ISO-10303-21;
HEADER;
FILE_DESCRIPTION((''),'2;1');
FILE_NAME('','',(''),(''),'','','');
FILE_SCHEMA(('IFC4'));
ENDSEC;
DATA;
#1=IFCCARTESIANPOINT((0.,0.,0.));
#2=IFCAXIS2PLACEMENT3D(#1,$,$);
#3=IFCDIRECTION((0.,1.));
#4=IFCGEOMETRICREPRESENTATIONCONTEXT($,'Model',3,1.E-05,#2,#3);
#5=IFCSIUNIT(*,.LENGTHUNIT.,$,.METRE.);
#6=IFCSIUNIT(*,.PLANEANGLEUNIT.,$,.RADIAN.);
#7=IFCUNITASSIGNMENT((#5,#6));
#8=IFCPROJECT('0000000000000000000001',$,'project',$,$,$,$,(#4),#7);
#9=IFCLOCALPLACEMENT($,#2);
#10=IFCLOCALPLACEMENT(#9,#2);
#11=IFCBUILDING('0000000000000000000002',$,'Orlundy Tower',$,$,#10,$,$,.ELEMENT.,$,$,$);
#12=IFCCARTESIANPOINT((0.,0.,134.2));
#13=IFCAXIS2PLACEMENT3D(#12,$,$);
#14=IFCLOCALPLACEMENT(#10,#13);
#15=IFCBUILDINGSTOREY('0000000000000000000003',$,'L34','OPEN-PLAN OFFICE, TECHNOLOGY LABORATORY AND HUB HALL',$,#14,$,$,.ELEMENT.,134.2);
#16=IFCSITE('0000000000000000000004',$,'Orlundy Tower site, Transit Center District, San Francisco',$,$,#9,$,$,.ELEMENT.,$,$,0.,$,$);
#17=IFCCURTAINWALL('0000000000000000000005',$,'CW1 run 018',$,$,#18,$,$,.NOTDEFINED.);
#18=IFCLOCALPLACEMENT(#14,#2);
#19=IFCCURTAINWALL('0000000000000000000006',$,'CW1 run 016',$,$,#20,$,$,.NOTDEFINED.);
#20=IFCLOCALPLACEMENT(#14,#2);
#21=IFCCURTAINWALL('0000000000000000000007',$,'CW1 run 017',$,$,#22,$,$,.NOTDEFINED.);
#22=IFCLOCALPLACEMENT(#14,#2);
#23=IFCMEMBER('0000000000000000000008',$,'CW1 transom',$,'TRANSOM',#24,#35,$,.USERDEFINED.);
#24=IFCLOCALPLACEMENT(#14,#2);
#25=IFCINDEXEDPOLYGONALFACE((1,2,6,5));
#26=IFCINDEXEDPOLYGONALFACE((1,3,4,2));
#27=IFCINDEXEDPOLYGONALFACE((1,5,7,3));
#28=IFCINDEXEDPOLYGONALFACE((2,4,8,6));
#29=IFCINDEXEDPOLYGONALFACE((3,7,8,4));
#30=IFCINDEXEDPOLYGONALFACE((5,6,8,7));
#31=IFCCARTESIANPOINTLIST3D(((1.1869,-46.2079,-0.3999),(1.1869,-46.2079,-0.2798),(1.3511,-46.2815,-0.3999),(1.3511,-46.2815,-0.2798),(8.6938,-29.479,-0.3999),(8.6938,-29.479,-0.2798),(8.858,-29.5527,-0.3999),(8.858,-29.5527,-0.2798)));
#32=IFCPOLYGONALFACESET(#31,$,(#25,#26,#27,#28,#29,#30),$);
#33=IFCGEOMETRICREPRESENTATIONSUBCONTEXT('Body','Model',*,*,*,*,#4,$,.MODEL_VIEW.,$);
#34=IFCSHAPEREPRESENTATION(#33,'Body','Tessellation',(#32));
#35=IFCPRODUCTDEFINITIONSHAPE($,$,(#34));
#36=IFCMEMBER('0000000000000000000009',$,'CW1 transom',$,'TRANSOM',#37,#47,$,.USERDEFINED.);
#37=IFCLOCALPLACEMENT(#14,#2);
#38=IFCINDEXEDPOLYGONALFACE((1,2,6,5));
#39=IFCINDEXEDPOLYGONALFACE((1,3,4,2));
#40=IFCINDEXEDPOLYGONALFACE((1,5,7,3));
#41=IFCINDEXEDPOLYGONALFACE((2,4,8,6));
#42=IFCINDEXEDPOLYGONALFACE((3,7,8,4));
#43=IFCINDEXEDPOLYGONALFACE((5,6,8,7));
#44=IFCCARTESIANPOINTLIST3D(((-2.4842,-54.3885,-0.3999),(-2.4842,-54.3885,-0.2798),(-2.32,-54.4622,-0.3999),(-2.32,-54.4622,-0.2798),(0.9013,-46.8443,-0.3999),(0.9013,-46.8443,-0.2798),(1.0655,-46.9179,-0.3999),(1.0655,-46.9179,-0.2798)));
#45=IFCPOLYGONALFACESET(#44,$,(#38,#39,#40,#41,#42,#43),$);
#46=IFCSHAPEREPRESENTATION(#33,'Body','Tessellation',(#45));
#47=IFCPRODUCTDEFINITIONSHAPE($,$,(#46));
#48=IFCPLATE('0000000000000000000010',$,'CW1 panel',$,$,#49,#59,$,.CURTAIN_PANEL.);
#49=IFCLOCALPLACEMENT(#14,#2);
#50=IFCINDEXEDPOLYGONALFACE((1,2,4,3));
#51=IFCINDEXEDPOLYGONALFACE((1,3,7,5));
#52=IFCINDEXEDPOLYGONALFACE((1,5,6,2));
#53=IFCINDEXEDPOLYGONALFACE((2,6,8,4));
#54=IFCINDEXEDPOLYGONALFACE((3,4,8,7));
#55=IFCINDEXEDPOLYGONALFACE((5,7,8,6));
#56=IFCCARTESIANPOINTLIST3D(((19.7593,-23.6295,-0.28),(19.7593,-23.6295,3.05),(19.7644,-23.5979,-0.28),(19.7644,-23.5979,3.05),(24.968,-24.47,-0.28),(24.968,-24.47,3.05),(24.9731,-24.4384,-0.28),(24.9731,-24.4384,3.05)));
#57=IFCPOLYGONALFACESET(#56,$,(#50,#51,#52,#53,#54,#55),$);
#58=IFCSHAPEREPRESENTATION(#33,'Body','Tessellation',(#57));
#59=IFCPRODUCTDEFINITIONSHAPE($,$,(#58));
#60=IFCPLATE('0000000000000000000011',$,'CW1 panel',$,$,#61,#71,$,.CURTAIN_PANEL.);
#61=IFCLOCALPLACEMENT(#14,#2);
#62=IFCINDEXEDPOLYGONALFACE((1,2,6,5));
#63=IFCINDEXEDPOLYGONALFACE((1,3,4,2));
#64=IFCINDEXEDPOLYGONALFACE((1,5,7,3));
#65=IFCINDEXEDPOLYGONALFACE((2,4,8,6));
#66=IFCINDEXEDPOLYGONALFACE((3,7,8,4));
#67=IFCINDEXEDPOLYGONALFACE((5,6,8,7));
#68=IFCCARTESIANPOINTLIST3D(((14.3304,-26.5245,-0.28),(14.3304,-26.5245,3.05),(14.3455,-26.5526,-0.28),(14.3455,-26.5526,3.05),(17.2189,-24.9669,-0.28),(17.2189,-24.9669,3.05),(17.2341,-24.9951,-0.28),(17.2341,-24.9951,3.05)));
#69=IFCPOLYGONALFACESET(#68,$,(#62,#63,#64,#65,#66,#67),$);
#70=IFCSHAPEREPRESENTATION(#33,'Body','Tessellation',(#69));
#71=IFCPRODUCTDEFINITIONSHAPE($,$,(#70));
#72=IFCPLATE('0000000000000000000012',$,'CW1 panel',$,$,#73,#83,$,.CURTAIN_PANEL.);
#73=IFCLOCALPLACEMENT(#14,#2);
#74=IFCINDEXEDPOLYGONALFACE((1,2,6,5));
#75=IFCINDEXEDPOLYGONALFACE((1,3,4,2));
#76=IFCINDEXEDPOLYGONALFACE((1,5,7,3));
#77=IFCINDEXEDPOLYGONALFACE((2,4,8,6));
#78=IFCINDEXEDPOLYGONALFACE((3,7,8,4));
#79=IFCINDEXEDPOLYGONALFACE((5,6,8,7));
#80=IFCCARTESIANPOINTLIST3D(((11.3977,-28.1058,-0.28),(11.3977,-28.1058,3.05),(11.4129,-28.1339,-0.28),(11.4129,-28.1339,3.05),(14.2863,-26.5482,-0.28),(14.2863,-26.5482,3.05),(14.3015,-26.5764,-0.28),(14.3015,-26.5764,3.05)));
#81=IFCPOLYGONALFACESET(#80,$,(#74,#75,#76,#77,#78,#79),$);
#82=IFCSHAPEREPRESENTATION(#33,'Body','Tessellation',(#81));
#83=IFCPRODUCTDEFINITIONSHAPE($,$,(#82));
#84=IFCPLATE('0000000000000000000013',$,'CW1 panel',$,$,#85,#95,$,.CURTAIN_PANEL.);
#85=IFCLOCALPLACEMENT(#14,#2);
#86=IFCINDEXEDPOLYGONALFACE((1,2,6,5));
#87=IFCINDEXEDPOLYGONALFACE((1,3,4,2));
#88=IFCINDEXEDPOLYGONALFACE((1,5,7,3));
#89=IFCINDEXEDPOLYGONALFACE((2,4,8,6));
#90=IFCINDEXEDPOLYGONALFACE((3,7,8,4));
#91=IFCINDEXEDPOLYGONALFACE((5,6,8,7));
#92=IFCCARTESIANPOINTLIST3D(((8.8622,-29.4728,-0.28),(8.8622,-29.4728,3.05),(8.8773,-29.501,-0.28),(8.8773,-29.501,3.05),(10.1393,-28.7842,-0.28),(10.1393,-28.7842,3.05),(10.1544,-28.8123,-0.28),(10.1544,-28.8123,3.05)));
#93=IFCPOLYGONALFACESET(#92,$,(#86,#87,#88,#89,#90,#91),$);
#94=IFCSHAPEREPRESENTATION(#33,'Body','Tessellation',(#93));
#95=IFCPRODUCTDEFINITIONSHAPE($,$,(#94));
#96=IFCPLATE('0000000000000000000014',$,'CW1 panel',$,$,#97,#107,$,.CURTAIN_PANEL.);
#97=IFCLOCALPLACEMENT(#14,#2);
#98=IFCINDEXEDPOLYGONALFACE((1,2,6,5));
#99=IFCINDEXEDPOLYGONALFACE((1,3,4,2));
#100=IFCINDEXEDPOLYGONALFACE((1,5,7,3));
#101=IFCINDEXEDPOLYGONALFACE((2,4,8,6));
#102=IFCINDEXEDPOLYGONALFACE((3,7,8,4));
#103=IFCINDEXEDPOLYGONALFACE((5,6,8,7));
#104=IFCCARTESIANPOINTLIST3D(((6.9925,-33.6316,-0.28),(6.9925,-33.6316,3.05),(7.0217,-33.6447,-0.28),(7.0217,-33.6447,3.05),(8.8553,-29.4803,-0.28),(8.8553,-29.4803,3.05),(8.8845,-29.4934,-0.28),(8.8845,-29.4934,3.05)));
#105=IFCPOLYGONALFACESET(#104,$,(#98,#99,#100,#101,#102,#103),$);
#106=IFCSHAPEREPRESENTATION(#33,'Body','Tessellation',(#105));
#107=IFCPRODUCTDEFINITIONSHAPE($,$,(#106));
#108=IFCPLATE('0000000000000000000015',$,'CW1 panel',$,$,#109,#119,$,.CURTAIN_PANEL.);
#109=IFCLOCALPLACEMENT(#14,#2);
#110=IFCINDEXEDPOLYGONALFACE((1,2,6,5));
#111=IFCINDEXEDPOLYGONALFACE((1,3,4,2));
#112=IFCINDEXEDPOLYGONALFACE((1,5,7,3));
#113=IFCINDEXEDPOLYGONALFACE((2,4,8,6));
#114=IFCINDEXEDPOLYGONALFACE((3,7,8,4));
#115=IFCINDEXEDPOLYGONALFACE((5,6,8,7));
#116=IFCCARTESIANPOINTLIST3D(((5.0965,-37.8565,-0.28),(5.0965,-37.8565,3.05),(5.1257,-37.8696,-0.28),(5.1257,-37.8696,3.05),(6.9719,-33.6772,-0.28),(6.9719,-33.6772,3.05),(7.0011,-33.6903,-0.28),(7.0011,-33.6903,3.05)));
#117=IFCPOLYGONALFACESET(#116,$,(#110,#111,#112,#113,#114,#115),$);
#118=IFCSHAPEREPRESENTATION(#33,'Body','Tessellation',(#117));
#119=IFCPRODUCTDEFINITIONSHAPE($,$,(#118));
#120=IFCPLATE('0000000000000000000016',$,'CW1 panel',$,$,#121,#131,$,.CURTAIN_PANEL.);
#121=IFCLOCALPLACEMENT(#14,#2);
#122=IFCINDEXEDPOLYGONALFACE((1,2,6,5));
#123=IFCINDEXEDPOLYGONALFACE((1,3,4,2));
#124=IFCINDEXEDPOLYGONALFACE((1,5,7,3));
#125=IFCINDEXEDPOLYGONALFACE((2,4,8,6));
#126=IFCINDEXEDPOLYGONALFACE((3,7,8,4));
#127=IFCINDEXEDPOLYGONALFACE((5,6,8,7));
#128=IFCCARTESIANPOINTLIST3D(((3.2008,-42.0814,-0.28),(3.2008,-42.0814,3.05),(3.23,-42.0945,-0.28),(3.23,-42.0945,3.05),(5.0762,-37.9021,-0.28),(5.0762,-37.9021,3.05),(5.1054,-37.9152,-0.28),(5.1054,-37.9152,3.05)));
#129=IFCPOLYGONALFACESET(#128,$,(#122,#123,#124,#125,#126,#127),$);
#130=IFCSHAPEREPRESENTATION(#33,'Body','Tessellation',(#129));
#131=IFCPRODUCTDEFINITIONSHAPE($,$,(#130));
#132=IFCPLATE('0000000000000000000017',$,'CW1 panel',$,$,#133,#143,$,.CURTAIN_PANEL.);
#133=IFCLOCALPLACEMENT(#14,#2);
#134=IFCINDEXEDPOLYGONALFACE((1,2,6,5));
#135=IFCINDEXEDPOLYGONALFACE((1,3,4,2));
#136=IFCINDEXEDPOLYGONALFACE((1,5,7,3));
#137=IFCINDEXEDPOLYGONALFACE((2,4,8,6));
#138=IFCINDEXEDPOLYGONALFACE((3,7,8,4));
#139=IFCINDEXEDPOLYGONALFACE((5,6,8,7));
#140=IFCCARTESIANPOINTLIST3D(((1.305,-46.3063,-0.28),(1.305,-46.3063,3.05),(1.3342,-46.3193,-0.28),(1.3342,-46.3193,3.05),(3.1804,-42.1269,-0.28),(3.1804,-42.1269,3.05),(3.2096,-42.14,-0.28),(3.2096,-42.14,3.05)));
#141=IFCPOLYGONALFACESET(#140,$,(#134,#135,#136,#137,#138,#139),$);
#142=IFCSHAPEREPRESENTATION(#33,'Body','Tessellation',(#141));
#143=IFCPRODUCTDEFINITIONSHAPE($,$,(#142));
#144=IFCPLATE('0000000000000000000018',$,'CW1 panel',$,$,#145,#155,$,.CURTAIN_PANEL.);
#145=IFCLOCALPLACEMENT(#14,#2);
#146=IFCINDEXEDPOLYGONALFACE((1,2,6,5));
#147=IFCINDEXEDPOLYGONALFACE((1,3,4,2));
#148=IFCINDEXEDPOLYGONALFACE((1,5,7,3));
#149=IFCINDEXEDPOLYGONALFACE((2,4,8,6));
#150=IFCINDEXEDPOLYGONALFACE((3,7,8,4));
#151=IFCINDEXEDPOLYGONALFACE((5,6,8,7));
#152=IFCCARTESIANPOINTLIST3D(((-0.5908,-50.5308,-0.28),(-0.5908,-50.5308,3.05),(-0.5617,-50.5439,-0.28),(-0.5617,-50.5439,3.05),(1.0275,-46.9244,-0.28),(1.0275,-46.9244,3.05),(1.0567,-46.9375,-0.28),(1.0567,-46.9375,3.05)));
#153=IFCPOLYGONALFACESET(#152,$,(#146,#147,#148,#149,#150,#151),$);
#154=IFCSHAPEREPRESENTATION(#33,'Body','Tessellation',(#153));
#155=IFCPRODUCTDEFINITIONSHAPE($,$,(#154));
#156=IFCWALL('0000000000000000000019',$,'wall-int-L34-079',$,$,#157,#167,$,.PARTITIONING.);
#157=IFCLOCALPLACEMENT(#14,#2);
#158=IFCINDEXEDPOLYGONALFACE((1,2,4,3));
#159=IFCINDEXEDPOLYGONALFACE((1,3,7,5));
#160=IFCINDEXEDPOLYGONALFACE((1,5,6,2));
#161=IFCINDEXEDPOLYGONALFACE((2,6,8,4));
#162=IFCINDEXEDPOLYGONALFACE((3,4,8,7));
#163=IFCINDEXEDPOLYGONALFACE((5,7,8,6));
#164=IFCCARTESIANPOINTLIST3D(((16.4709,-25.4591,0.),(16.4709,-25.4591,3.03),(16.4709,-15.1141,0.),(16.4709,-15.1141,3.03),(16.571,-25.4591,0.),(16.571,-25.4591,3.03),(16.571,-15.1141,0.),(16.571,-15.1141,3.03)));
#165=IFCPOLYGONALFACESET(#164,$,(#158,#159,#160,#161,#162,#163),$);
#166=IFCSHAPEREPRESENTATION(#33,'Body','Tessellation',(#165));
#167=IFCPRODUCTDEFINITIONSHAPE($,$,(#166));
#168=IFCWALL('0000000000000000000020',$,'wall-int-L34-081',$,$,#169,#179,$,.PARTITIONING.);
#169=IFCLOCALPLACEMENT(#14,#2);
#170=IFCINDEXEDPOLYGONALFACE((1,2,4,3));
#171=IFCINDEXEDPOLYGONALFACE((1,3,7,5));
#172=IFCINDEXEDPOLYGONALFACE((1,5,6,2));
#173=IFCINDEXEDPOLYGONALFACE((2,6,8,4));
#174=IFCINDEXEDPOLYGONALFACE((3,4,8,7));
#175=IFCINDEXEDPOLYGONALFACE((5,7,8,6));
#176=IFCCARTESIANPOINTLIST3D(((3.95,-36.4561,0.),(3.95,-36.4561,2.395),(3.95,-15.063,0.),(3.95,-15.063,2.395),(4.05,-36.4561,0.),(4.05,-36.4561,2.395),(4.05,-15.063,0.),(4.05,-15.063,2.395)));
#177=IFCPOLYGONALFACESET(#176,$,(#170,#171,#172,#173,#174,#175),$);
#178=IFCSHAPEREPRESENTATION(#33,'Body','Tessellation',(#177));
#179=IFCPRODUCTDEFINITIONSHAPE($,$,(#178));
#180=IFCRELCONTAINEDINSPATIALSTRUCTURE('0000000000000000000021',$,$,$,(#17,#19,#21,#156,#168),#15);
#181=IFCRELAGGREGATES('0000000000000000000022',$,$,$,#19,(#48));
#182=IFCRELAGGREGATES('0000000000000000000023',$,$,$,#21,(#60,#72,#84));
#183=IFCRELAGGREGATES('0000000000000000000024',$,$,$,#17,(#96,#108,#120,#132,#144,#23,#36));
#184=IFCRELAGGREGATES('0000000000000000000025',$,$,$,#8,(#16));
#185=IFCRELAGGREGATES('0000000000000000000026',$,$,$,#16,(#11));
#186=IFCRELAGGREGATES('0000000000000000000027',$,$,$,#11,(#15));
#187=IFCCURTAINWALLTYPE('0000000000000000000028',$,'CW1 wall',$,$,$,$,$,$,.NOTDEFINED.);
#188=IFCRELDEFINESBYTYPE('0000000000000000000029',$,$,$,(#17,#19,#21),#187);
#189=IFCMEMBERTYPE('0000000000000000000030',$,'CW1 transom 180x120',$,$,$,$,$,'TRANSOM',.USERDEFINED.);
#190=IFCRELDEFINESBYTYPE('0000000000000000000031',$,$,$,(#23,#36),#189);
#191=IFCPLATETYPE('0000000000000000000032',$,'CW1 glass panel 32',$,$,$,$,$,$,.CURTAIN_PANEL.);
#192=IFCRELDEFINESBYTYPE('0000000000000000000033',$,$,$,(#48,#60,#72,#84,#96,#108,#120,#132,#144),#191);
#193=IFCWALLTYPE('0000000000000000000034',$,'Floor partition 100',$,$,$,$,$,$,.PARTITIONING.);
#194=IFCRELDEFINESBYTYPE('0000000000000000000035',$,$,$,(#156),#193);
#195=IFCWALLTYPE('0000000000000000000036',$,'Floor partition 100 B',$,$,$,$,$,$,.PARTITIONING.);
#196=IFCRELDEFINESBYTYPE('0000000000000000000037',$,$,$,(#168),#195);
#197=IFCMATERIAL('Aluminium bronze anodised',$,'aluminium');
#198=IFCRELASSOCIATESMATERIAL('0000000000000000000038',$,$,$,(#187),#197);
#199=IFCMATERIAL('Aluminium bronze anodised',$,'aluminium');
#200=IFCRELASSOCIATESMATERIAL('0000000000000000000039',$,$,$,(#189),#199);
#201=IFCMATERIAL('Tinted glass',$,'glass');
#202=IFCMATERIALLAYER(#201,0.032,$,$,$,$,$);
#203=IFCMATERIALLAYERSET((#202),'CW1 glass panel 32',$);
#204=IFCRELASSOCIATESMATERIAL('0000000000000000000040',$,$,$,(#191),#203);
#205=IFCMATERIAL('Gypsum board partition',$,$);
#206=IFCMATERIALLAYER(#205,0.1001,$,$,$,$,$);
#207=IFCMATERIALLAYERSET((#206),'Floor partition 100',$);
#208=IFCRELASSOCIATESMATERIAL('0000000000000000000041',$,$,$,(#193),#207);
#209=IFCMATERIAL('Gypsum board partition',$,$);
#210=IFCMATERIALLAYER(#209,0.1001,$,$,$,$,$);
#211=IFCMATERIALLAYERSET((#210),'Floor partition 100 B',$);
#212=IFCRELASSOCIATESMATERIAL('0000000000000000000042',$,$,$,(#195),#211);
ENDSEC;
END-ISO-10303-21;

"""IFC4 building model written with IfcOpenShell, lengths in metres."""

from ifc_helpers import new_model, si_unit, direction, frame, frame_2d, origin, origin_2d, place, context, subcontext, project, spatial, rectangle, extrude, material, layer, layer_set, material_profile, profile_set, type_object, element, aggregate, save


model = new_model("IFC4")

# Units and contexts
model_context = context("Model", 3, precision=1e-05, world=origin(), true_north=direction((0.0, 1.0)))
body_context = subcontext(model_context, "Body", "Model", "MODEL_VIEW")
ifc_project = project(units=[si_unit("LENGTHUNIT", "METRE"), si_unit("PLANEANGLEUNIT", "RADIAN")], contexts=[model_context])

# Site, building, storey
site_placement = place(None, origin())
site = spatial("IfcSite", under=ifc_project, at=site_placement, Name="Orlundy Tower site, Transit Center District, San Francisco", CompositionType="ELEMENT", RefElevation=0.0)
building_placement = place(site_placement, origin())
building = spatial("IfcBuilding", under=site, at=building_placement, Name="Orlundy Tower", CompositionType="ELEMENT")
storey_placement = place(building_placement, frame((0.0, 0.0, 134.2)))
storey = spatial("IfcBuildingStorey", under=building, at=storey_placement, Name="L34", Description="OPEN-PLAN OFFICE, TECHNOLOGY LABORATORY AND HUB HALL", CompositionType="ELEMENT", Elevation=134.2)

# Curtain walls
ifc_material_1 = material(Name="Aluminium bronze anodised", Category="aluminium")
curtain_wall_type = type_object("IfcCurtainWallType", Name="CW1 wall", PredefinedType="NOTDEFINED", material=ifc_material_1)
curtain_wall_1_placement = place(storey_placement, origin())
curtain_wall_1 = element("IfcCurtainWall", 1, at=curtain_wall_1_placement, inside=storey, type_object=curtain_wall_type, Name="CW1 run 018", PredefinedType="NOTDEFINED")
curtain_wall_2_placement = place(storey_placement, origin())
curtain_wall_2 = element("IfcCurtainWall", 2, at=curtain_wall_2_placement, inside=storey, type_object=curtain_wall_type, Name="CW1 run 016", PredefinedType="NOTDEFINED")
curtain_wall_3_placement = place(storey_placement, origin())
curtain_wall_3 = element("IfcCurtainWall", 3, at=curtain_wall_3_placement, inside=storey, type_object=curtain_wall_type, Name="CW1 run 017", PredefinedType="NOTDEFINED")

# Members
ifc_material_2 = material(Name="Aluminium bronze anodised", Category="aluminium")
ifc_material_profile_1 = material_profile(ifc_material_2, rectangle(XDim=0.1799, YDim=0.1201, at=origin_2d()), Name="CW1 transom 180x120")
ifc_profile_set_1 = profile_set([ifc_material_profile_1], Name="Aluminium bronze anodised")
member_type_1 = type_object("IfcMemberType", Name="CW1 transom 180x120", ElementType="TRANSOM", PredefinedType="USERDEFINED", material=ifc_profile_set_1)
member_1_placement = place(storey_placement, frame((8.7759, -29.5159, -0.3398), z_axis=(-0.409407, -0.912352, 0.0), x_axis=(0.912352, -0.409407, 0.0)))
member_1 = element("IfcMember", 4, at=member_1_placement, type_object=member_type_1, Name="CW1 transom", ObjectType="TRANSOM", PredefinedType="USERDEFINED", context=body_context, shape_type="SweptSolid", body=[
    extrude(rectangle(XDim=0.1799, YDim=0.1201, at=origin_2d()), origin(), (0.0, 0.0, 1.0), 18.3359),
])
member_2_placement = place(storey_placement, frame((0.9834, -46.8811, -0.3398), z_axis=(-0.40942, -0.912346, 0.0), x_axis=(0.912346, -0.40942, 0.0)))
member_2 = element("IfcMember", 5, at=member_2_placement, type_object=member_type_1, Name="CW1 transom", ObjectType="TRANSOM", PredefinedType="USERDEFINED", context=body_context, shape_type="SweptSolid", body=[
    extrude(rectangle(XDim=0.1799, YDim=0.1201, at=origin_2d()), origin(), (0.0, 0.0, 1.0), 8.269),
])

# Plates
ifc_material_3 = material(Name="Tinted glass", Category="glass")
ifc_layer_1 = layer(ifc_material_3, 0.032)
ifc_layer_set_1 = layer_set([ifc_layer_1], Name="CW1 glass panel 32")
plate_type = type_object("IfcPlateType", Name="CW1 glass panel 32", PredefinedType="CURTAIN_PANEL", material=ifc_layer_set_1)
plate_1_placement = place(storey_placement, frame((22.3662, -24.0339, -0.28), z_axis=(0.0, 0.0, 1.0), x_axis=(-0.987228, 0.159311, 0.0)))
plate_1 = element("IfcPlate", 6, at=plate_1_placement, type_object=plate_type, Name="CW1 panel", PredefinedType="CURTAIN_PANEL", context=body_context, shape_type="SweptSolid", body=[
    extrude(rectangle(XDim=5.2761, YDim=0.032, at=origin_2d()), origin(), (0.0, 0.0, 1.0), 3.3301),
])
aggregate(curtain_wall_2, [plate_1])
plate_2_placement = place(storey_placement, frame((15.7822, -25.7598, -0.28), z_axis=(0.0, 0.0, 1.0), x_axis=(-0.880193, -0.474616, 0.0)))
plate_2 = element("IfcPlate", 7, at=plate_2_placement, type_object=plate_type, Name="CW1 panel", PredefinedType="CURTAIN_PANEL", context=body_context, shape_type="SweptSolid", body=[
    extrude(rectangle(XDim=3.2817, YDim=0.032, at=origin_2d()), origin(), (0.0, 0.0, 1.0), 3.3301),
])
plate_3_placement = place(storey_placement, frame((12.8496, -27.3411, -0.28), z_axis=(0.0, 0.0, 1.0), x_axis=(-0.880193, -0.474616, 0.0)))
plate_3 = element("IfcPlate", 8, at=plate_3_placement, type_object=plate_type, Name="CW1 panel", PredefinedType="CURTAIN_PANEL", context=body_context, shape_type="SweptSolid", body=[
    extrude(rectangle(XDim=3.2817, YDim=0.032, at=origin_2d()), origin(), (0.0, 0.0, 1.0), 3.3301),
])
plate_4_placement = place(storey_placement, frame((9.5083, -29.1426, -0.28), z_axis=(0.0, 0.0, 1.0), x_axis=(-0.880193, -0.474616, 0.0)))
plate_4 = element("IfcPlate", 9, at=plate_4_placement, type_object=plate_type, Name="CW1 panel", PredefinedType="CURTAIN_PANEL", context=body_context, shape_type="SweptSolid", body=[
    extrude(rectangle(XDim=1.4509, YDim=0.032, at=origin_2d()), origin(), (0.0, 0.0, 1.0), 3.3301),
])
aggregate(curtain_wall_3, [plate_2, plate_3, plate_4])
plate_5_placement = place(storey_placement, frame((7.9385, -31.5625, -0.28), z_axis=(0.0, 0.0, 1.0), x_axis=(-0.409405, -0.912353, 0.0)))
plate_5 = element("IfcPlate", 10, at=plate_5_placement, type_object=plate_type, Name="CW1 panel", PredefinedType="CURTAIN_PANEL", context=body_context, shape_type="SweptSolid", body=[
    extrude(rectangle(XDim=4.55, YDim=0.032, at=origin_2d()), origin(), (0.0, 0.0, 1.0), 3.3301),
])
plate_6_placement = place(storey_placement, frame((6.0488, -35.7734, -0.28), z_axis=(0.0, 0.0, 1.0), x_axis=(-0.409405, -0.912353, 0.0)))
plate_6 = element("IfcPlate", 11, at=plate_6_placement, type_object=plate_type, Name="CW1 panel", PredefinedType="CURTAIN_PANEL", context=body_context, shape_type="SweptSolid", body=[
    extrude(rectangle(XDim=4.5808, YDim=0.032, at=origin_2d()), origin(), (0.0, 0.0, 1.0), 3.3301),
])
plate_7_placement = place(storey_placement, frame((4.1531, -39.9983, -0.28), z_axis=(0.0, 0.0, 1.0), x_axis=(-0.409405, -0.912353, 0.0)))
plate_7 = element("IfcPlate", 12, at=plate_7_placement, type_object=plate_type, Name="CW1 panel", PredefinedType="CURTAIN_PANEL", context=body_context, shape_type="SweptSolid", body=[
    extrude(rectangle(XDim=4.5808, YDim=0.032, at=origin_2d()), origin(), (0.0, 0.0, 1.0), 3.3301),
])
plate_8_placement = place(storey_placement, frame((2.2573, -44.2231, -0.28), z_axis=(0.0, 0.0, 1.0), x_axis=(-0.409405, -0.912353, 0.0)))
plate_8 = element("IfcPlate", 13, at=plate_8_placement, type_object=plate_type, Name="CW1 panel", PredefinedType="CURTAIN_PANEL", context=body_context, shape_type="SweptSolid", body=[
    extrude(rectangle(XDim=4.5808, YDim=0.032, at=origin_2d()), origin(), (0.0, 0.0, 1.0), 3.3301),
])
plate_9_placement = place(storey_placement, frame((0.2329, -48.7341, -0.28), z_axis=(0.0, 0.0, 1.0), x_axis=(-0.409405, -0.912353, 0.0)))
plate_9 = element("IfcPlate", 14, at=plate_9_placement, type_object=plate_type, Name="CW1 panel", PredefinedType="CURTAIN_PANEL", context=body_context, shape_type="SweptSolid", body=[
    extrude(rectangle(XDim=3.9529, YDim=0.032, at=origin_2d()), origin(), (0.0, 0.0, 1.0), 3.3301),
])
aggregate(curtain_wall_1, [plate_5, plate_6, plate_7, plate_8, plate_9, member_1, member_2])

# Walls
ifc_material_4 = material(Name="Gypsum board partition")
ifc_layer_2 = layer(ifc_material_4, 0.1001)
ifc_layer_set_2 = layer_set([ifc_layer_2], Name="Floor partition 100")
wall_type_1 = type_object("IfcWallType", Name="Floor partition 100", PredefinedType="PARTITIONING", material=ifc_layer_set_2)
wall_1_placement = place(storey_placement, frame((16.521, -25.459, 0.0), z_axis=(0.0, 0.0, 1.0), x_axis=(0.0, 1.0, 0.0)))
element("IfcWall", 15, at=wall_1_placement, inside=storey, type_object=wall_type_1, Name="wall-int-L34-079", PredefinedType="PARTITIONING", context=body_context, shape_type="SweptSolid", body=[
    extrude(rectangle(XDim=10.345, YDim=0.1001, at=frame_2d((5.1724, 0.0))), origin(), (0.0, 0.0, 1.0), 3.03),
])
ifc_material_5 = material(Name="Gypsum board partition")
ifc_layer_3 = layer(ifc_material_5, 0.1001)
ifc_layer_set_3 = layer_set([ifc_layer_3], Name="Floor partition 100 B")
wall_type_2 = type_object("IfcWallType", Name="Floor partition 100 B", PredefinedType="PARTITIONING", material=ifc_layer_set_3)
wall_2_placement = place(storey_placement, frame((4.0, -36.4561, 0.0), z_axis=(0.0, 0.0, 1.0), x_axis=(0.0, 1.0, 0.0)))
element("IfcWall", 16, at=wall_2_placement, inside=storey, type_object=wall_type_2, Name="wall-int-L34-081", PredefinedType="PARTITIONING", context=body_context, shape_type="SweptSolid", body=[
    extrude(rectangle(XDim=21.3931, YDim=0.1001, at=frame_2d((10.6965, 0.0))), origin(), (0.0, 0.0, 1.0), 2.395),
])

save(model, "model.ifc")
